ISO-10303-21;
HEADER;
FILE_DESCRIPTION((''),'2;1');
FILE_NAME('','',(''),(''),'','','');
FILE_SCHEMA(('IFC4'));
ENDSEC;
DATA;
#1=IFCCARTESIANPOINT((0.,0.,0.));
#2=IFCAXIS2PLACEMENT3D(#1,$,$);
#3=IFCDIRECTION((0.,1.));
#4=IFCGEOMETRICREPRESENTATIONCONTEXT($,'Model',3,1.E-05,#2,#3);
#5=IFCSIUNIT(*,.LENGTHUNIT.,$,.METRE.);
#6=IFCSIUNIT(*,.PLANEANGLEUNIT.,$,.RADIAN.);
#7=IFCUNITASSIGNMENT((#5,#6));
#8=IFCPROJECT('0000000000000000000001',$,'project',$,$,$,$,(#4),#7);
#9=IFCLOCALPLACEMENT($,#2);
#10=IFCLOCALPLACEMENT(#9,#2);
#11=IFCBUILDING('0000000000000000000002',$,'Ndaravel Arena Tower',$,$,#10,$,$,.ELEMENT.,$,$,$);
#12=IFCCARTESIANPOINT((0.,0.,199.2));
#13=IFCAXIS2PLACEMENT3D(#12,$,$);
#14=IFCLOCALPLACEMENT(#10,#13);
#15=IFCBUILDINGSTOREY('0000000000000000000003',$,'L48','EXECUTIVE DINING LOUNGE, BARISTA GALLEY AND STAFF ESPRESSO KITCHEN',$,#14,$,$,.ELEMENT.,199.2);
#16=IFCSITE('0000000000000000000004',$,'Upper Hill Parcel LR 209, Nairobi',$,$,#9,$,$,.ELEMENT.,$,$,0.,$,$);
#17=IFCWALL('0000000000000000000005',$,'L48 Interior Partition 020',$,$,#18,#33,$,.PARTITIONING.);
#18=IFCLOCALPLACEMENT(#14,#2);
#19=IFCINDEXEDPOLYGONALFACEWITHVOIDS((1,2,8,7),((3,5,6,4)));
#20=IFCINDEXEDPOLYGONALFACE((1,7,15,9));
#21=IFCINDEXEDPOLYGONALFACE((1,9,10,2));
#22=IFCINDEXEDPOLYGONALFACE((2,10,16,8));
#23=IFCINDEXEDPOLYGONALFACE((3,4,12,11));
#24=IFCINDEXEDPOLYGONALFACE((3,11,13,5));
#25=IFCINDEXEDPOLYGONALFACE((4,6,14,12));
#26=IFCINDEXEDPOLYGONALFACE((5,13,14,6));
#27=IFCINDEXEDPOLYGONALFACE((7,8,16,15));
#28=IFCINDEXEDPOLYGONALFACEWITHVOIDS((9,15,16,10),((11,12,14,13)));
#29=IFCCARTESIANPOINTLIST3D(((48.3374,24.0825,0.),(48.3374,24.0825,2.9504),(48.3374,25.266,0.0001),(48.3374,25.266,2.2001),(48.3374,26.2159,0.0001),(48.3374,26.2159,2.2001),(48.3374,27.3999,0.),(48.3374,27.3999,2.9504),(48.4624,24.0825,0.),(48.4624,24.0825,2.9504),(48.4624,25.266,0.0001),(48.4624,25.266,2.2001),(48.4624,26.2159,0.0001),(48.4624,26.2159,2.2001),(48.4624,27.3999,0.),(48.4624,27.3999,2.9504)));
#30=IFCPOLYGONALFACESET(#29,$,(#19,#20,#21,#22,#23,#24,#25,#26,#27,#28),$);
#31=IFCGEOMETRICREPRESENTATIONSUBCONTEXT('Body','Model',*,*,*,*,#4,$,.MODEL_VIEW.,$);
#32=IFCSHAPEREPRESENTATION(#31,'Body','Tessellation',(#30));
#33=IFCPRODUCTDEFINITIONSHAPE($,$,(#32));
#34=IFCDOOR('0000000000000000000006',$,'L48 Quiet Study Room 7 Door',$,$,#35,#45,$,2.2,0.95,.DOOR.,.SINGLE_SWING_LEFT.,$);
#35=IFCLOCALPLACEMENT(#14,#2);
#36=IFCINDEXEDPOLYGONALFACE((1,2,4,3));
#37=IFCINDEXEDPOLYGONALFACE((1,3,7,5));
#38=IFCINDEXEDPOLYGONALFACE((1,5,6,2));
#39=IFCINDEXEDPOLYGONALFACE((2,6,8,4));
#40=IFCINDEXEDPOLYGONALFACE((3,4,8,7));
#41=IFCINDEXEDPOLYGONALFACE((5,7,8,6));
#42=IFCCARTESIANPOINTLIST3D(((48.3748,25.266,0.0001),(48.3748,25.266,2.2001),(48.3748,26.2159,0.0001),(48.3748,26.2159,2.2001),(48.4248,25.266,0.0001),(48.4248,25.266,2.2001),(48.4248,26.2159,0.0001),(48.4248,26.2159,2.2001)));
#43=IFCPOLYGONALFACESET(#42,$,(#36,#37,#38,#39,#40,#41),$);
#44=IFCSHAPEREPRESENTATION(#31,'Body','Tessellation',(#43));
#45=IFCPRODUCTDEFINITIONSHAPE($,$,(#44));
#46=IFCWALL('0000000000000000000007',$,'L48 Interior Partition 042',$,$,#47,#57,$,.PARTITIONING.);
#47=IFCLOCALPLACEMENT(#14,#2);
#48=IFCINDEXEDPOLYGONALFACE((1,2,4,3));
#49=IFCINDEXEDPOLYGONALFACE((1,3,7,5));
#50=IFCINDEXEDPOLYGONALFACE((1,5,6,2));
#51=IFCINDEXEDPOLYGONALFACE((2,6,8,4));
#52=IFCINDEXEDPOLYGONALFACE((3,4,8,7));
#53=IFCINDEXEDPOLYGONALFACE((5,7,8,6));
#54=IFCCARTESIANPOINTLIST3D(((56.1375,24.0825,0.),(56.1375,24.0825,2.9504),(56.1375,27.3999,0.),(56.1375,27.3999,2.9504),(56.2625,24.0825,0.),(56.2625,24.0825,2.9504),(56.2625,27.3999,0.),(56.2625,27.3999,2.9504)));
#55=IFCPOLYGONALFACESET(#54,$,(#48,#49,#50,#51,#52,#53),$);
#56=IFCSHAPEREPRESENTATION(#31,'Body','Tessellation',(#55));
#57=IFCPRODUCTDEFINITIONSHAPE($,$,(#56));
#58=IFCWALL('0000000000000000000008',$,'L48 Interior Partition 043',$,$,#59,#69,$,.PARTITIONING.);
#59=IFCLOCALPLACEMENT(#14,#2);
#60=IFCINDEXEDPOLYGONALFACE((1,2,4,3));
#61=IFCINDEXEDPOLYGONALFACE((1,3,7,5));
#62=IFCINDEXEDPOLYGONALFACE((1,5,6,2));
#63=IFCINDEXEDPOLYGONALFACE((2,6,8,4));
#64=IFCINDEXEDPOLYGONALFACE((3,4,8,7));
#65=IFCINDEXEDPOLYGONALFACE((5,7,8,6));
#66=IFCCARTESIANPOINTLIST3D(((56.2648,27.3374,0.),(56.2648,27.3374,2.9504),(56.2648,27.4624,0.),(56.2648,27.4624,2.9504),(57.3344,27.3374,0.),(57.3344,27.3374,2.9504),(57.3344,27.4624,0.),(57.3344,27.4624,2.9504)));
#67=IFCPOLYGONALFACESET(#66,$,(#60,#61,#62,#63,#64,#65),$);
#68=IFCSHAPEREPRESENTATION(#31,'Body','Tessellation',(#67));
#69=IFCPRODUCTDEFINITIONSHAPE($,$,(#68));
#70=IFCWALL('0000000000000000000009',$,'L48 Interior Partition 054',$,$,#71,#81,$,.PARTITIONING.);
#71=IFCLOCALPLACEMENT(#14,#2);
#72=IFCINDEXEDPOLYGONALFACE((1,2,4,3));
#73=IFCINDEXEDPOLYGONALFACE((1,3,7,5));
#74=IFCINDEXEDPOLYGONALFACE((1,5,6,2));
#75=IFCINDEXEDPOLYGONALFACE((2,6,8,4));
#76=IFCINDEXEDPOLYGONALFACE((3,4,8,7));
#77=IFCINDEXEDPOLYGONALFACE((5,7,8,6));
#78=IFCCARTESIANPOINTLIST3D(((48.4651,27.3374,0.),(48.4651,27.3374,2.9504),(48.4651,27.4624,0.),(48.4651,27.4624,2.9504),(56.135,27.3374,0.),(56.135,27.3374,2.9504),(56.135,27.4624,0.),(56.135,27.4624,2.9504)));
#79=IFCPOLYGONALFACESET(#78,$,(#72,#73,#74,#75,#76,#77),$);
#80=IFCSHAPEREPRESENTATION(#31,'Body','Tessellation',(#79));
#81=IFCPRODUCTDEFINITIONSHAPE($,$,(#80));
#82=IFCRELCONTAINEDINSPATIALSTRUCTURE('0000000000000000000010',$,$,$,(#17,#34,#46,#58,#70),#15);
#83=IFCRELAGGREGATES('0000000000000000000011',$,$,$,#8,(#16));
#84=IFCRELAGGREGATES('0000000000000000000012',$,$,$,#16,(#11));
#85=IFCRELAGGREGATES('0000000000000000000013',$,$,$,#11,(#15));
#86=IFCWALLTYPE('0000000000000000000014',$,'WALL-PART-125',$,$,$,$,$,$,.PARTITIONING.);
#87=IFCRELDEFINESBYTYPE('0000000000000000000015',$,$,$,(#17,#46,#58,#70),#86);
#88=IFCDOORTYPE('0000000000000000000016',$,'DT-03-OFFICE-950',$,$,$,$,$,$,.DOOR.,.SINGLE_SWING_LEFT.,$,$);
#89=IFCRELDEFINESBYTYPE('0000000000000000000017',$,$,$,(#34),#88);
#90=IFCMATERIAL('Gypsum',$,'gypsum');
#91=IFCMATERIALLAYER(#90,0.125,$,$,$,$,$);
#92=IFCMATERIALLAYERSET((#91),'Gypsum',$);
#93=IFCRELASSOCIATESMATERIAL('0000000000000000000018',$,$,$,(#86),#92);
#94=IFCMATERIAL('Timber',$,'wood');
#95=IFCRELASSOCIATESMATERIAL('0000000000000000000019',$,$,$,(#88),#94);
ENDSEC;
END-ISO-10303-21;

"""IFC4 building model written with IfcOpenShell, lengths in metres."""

from ifc_helpers import new_model, si_unit, direction, frame, frame_2d, origin, place, context, subcontext, project, spatial, rectangle, extrude, material, layer, layer_set, type_object, element, fill, save


model = new_model("IFC4")

# Units and contexts
model_context = context("Model", 3, precision=1e-05, world=origin(), true_north=direction((0.0, 1.0)))
body_context = subcontext(model_context, "Body", "Model", "MODEL_VIEW")
ifc_project = project(units=[si_unit("LENGTHUNIT", "METRE"), si_unit("PLANEANGLEUNIT", "RADIAN")], contexts=[model_context])

# Site, building, storey
site_placement = place(None, origin())
site = spatial("IfcSite", under=ifc_project, at=site_placement, Name="Upper Hill Parcel LR 209, Nairobi", CompositionType="ELEMENT", RefElevation=0.0)
building_placement = place(site_placement, origin())
building = spatial("IfcBuilding", under=site, at=building_placement, Name="Ndaravel Arena Tower", CompositionType="ELEMENT")
storey_placement = place(building_placement, frame((0.0, 0.0, 199.2)))
storey = spatial("IfcBuildingStorey", under=building, at=storey_placement, Name="L48", Description="EXECUTIVE DINING LOUNGE, BARISTA GALLEY AND STAFF ESPRESSO KITCHEN", CompositionType="ELEMENT", Elevation=199.2)

# Wall, opening, door
ifc_material_1 = material(Name="Gypsum", Category="gypsum")
ifc_layer_1 = layer(ifc_material_1, 0.125)
ifc_layer_set_1 = layer_set([ifc_layer_1], Name="Gypsum")
wall_type = type_object("IfcWallType", Name="WALL-PART-125", PredefinedType="PARTITIONING", material=ifc_layer_set_1)
ifc_material_2 = material(Name="Timber", Category="wood")
door_type = type_object("IfcDoorType", Name="DT-03-OFFICE-950", OperationType="SINGLE_SWING_LEFT", PredefinedType="DOOR", material=ifc_material_2)
wall_1_placement = place(storey_placement, frame((48.3999, 27.3999, 0.0), z_axis=(0.0, 0.0, 1.0), x_axis=(0.0, -1.0, 0.0)))
wall_1 = element("IfcWall", 1, at=wall_1_placement, inside=storey, type_object=wall_type, Name="L48 Interior Partition 020", PredefinedType="PARTITIONING", context=body_context, shape_type="SweptSolid", body=[
    extrude(rectangle(XDim=3.3174, YDim=0.125, at=frame_2d((1.6587, 0.0))), origin(), (0.0, 0.0, 1.0), 2.9504),
])
opening_1_placement = place(wall_1_placement, frame((1.1838, 0.0, 0.0)))
opening_1 = element("IfcOpeningElement", 2, at=opening_1_placement, cuts=wall_1, PredefinedType="OPENING", context=body_context, shape_type="SweptSolid", body=[
    extrude(rectangle(XDim=0.95, YDim=2.2, at=frame_2d((0.4751, 1.1001))), frame((0.0, 0.0625, 0.0), z_axis=(0.0, -1.0, 0.0), x_axis=(1.0, 0.0, 0.0)), (0.0, 0.0, 1.0), 0.125),
])
door_1_placement = place(opening_1_placement, origin())
door_1 = element("IfcDoor", 3, at=door_1_placement, inside=storey, type_object=door_type, Name="L48 Quiet Study Room 7 Door", OperationType="SINGLE_SWING_LEFT", OverallHeight=2.2, OverallWidth=0.95, PredefinedType="DOOR", context=body_context, shape_type="SweptSolid", body=[
    extrude(rectangle(XDim=0.95, YDim=2.2, at=frame_2d((0.4751, 1.1001))), frame((0.0, 0.0249, 0.0), z_axis=(0.0, -1.0, 0.0), x_axis=(1.0, 0.0, 0.0)), (0.0, 0.0, 1.0), 0.05),
])
fill(opening_1, door_1)

# Walls
wall_2_placement = place(storey_placement, frame((56.2, 24.0825, 0.0), z_axis=(0.0, 0.0, 1.0), x_axis=(0.0, 1.0, 0.0)))
element("IfcWall", 4, at=wall_2_placement, inside=storey, type_object=wall_type, Name="L48 Interior Partition 042", PredefinedType="PARTITIONING", context=body_context, shape_type="SweptSolid", body=[
    extrude(rectangle(XDim=3.3174, YDim=0.125, at=frame_2d((1.6587, 0.0))), origin(), (0.0, 0.0, 1.0), 2.9504),
])
wall_3_placement = place(storey_placement, frame((56.2649, 27.3999, 0.0), z_axis=(0.0, 0.0, 1.0), x_axis=(1.0, 0.0, 0.0)))
element("IfcWall", 5, at=wall_3_placement, inside=storey, type_object=wall_type, Name="L48 Interior Partition 043", PredefinedType="PARTITIONING", context=body_context, shape_type="SweptSolid", body=[
    extrude(rectangle(XDim=1.0696, YDim=0.125, at=frame_2d((0.5347, 0.0))), origin(), (0.0, 0.0, 1.0), 2.9504),
])
wall_4_placement = place(storey_placement, frame((48.4651, 27.3999, 0.0), z_axis=(0.0, 0.0, 1.0), x_axis=(1.0, 0.0, 0.0)))
element("IfcWall", 6, at=wall_4_placement, inside=storey, type_object=wall_type, Name="L48 Interior Partition 054", PredefinedType="PARTITIONING", context=body_context, shape_type="SweptSolid", body=[
    extrude(rectangle(XDim=7.6699, YDim=0.125, at=frame_2d((3.835, 0.0))), origin(), (0.0, 0.0, 1.0), 2.9504),
])

save(model, "model.ifc")
